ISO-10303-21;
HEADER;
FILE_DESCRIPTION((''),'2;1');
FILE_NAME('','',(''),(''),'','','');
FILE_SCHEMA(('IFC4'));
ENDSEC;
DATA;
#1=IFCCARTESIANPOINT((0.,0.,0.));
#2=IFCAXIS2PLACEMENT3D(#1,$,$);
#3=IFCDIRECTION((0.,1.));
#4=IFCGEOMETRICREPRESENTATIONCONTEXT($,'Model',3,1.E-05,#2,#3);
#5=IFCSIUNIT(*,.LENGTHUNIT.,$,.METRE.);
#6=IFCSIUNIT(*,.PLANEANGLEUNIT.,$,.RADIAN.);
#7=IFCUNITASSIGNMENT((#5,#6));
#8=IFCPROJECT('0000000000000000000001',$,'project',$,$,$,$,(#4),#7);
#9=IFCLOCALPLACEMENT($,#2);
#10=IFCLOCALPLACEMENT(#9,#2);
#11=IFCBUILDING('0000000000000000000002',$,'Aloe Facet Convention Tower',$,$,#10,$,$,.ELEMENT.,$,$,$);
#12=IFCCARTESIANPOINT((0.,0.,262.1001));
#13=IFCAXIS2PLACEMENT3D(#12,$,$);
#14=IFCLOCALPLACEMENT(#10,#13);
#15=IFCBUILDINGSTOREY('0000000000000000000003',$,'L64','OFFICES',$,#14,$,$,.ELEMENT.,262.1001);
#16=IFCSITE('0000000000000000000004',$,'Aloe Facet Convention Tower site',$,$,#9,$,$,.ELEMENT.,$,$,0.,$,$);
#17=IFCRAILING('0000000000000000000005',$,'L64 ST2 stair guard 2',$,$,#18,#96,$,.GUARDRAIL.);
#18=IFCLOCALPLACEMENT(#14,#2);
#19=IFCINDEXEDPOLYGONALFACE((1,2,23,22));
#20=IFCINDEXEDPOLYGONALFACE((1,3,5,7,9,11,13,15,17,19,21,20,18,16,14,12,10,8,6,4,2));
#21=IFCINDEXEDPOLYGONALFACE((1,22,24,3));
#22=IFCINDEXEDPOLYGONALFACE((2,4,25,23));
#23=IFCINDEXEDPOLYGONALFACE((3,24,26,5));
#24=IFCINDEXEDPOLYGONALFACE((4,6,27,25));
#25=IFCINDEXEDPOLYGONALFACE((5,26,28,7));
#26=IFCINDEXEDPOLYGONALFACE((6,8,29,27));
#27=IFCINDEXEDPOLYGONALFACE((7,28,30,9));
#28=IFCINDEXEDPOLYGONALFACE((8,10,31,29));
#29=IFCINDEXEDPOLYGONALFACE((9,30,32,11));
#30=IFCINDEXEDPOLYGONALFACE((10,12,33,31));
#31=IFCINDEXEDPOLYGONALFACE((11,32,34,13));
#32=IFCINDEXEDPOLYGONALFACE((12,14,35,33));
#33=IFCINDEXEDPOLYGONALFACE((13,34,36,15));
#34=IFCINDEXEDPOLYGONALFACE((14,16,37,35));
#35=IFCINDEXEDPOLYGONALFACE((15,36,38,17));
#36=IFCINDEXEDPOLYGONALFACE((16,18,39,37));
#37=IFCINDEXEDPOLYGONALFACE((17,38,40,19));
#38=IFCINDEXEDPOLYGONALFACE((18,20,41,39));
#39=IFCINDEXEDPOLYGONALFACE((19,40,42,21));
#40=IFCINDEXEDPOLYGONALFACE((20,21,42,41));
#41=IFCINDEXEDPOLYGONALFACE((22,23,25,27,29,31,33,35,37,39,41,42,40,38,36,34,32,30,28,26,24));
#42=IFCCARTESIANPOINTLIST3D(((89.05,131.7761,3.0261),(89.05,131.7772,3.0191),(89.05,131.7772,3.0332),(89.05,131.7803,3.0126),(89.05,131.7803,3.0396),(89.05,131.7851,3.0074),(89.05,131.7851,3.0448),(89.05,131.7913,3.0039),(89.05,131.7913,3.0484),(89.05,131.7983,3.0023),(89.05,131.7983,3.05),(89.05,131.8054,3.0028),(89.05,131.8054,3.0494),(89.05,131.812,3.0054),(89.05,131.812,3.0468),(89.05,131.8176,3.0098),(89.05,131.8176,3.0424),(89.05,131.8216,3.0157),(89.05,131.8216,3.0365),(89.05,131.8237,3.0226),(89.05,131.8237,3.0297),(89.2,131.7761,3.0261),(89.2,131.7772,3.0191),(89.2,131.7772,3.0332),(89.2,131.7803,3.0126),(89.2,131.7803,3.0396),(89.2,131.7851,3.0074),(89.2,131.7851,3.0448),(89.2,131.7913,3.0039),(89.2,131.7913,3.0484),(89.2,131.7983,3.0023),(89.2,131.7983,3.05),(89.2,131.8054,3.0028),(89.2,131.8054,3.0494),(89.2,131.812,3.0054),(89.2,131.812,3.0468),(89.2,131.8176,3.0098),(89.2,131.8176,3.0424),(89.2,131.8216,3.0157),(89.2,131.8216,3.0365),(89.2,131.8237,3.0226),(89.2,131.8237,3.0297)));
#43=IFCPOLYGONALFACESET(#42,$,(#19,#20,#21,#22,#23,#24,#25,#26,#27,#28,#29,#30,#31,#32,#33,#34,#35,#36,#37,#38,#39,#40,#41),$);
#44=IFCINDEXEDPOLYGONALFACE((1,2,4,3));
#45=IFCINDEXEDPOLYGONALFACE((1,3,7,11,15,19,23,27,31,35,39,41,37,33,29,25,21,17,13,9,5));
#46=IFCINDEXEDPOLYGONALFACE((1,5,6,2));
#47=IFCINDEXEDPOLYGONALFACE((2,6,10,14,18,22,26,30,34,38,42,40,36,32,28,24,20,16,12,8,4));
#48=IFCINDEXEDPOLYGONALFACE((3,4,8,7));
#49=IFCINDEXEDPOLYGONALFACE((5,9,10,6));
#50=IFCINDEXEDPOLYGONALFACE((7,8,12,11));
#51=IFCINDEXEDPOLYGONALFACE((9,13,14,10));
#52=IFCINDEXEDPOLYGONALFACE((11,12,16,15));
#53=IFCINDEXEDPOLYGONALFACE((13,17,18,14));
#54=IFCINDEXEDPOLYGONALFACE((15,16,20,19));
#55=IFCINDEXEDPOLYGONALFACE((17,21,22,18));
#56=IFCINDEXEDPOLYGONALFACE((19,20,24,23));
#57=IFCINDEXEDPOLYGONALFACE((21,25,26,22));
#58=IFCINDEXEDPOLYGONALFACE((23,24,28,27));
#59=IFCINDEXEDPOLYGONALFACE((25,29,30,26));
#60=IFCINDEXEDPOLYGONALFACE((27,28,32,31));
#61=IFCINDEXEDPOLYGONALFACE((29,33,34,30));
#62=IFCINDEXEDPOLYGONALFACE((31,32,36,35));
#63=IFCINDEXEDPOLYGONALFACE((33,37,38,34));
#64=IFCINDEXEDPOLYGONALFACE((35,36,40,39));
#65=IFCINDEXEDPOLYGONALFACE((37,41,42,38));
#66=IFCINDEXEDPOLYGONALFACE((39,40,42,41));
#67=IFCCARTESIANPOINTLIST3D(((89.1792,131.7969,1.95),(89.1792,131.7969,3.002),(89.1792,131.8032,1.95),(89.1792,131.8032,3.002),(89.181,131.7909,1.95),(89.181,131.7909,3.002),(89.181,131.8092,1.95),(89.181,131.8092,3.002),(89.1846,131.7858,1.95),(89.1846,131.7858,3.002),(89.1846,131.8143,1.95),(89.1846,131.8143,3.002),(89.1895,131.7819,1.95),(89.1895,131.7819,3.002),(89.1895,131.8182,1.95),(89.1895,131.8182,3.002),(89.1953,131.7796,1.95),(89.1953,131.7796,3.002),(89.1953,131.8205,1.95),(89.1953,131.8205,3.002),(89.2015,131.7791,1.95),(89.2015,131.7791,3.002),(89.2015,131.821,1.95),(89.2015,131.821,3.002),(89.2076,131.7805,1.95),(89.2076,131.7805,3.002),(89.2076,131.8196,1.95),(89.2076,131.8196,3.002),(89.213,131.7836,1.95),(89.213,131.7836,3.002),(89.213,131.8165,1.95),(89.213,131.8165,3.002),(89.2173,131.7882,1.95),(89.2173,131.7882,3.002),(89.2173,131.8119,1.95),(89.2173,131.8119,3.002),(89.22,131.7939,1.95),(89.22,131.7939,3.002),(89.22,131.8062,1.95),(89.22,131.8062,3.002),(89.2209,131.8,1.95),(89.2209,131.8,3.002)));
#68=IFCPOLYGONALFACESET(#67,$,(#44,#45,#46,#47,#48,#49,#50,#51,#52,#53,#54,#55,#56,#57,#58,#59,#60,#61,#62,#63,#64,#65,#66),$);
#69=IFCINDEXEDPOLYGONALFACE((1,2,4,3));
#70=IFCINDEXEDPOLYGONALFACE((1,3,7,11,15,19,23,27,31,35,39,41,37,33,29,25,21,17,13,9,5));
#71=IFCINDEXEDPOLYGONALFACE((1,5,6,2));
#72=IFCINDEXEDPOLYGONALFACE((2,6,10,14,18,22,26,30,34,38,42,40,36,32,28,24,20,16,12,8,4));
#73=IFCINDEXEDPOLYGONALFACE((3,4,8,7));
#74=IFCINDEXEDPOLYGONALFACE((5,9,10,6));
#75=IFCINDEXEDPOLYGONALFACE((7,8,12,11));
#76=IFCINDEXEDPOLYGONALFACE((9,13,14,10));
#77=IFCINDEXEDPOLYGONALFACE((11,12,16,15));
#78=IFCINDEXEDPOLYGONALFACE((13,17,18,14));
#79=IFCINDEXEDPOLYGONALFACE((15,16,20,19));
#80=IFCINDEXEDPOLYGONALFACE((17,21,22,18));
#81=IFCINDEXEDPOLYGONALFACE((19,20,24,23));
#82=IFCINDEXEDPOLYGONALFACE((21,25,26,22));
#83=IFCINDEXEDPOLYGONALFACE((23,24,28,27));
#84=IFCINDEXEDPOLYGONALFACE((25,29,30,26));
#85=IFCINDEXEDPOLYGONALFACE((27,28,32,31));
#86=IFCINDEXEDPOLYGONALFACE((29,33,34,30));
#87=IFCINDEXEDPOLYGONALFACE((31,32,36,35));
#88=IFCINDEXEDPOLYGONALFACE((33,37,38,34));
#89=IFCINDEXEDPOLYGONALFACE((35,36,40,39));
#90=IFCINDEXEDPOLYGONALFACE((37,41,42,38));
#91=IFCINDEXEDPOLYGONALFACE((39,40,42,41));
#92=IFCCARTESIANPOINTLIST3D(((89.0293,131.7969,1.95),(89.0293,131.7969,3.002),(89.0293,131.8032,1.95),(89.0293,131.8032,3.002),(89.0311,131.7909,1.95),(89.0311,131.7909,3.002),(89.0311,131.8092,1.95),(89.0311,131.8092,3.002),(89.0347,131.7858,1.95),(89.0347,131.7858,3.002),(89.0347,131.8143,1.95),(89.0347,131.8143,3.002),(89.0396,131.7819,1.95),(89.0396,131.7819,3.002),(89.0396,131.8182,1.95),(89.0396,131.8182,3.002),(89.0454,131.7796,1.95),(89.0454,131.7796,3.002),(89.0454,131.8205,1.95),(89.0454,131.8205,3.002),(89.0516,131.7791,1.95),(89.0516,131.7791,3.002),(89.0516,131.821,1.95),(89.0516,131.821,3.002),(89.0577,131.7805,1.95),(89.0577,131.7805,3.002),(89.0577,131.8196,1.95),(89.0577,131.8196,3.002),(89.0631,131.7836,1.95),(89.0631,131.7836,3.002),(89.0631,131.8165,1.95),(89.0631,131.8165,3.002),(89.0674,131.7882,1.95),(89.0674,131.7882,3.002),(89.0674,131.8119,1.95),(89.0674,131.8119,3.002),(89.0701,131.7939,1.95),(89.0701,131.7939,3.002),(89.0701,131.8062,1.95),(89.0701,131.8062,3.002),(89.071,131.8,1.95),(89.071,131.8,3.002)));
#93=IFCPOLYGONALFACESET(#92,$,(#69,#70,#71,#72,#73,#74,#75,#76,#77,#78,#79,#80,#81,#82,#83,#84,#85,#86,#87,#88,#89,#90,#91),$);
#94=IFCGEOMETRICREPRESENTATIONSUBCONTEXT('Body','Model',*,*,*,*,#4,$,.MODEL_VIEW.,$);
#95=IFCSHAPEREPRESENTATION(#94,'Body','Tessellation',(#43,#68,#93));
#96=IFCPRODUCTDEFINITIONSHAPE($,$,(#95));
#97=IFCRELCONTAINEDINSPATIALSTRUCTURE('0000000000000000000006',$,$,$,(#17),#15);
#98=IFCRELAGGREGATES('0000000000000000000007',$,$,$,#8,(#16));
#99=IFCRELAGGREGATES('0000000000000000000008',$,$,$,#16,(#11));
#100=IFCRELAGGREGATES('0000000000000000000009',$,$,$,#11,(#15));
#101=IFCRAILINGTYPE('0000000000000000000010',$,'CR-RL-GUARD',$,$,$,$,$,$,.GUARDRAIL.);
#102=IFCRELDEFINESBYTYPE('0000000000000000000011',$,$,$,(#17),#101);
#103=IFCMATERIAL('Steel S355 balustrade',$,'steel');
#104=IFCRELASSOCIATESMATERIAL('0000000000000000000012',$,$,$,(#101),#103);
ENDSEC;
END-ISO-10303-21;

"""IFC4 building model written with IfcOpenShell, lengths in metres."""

from ifc_helpers import new_model, si_unit, direction, frame, origin, origin_2d, place, context, subcontext, project, spatial, circle, extrude, material, type_object, element, save


model = new_model("IFC4")

# Units and contexts
model_context = context("Model", 3, precision=1e-05, world=origin(), true_north=direction((0.0, 1.0)))
body_context = subcontext(model_context, "Body", "Model", "MODEL_VIEW")
ifc_project = project(units=[si_unit("LENGTHUNIT", "METRE"), si_unit("PLANEANGLEUNIT", "RADIAN")], contexts=[model_context])

# Site, building, storey
site_placement = place(None, origin())
site = spatial("IfcSite", under=ifc_project, at=site_placement, Name="Aloe Facet Convention Tower site", CompositionType="ELEMENT", RefElevation=0.0)
building_placement = place(site_placement, origin())
building = spatial("IfcBuilding", under=site, at=building_placement, Name="Aloe Facet Convention Tower", CompositionType="ELEMENT")
storey_placement = place(building_placement, frame((0.0, 0.0, 262.1001)))
storey = spatial("IfcBuildingStorey", under=building, at=storey_placement, Name="L64", Description="OFFICES", CompositionType="ELEMENT", Elevation=262.1001)

# Railing
ifc_material_1 = material(Name="Steel S355 balustrade", Category="steel")
railing_type = type_object("IfcRailingType", Name="CR-RL-GUARD", PredefinedType="GUARDRAIL", material=ifc_material_1)
railing_1_placement = place(storey_placement, frame((89.2, 131.8, 1.95)))
element("IfcRailing", 1, at=railing_1_placement, inside=storey, type_object=railing_type, Name="L64 ST2 stair guard 2", PredefinedType="GUARDRAIL", context=body_context, shape_type="SweptSolid", body=[
    extrude(circle(Radius=0.0239, at=origin_2d()), frame((0.0, 0.0, 1.0762), z_axis=(-1.0, 0.0, 0.0), x_axis=(0.0, -1.0, 0.0)), (0.0, 0.0, 1.0), 0.1499),
    extrude(circle(Radius=0.021, at=origin_2d()), origin(), (0.0, 0.0, 1.0), 1.052),
    extrude(circle(Radius=0.021, at=origin_2d()), frame((-0.1499, 0.0, 0.0)), (0.0, 0.0, 1.0), 1.052),
])

save(model, "model.ifc")
